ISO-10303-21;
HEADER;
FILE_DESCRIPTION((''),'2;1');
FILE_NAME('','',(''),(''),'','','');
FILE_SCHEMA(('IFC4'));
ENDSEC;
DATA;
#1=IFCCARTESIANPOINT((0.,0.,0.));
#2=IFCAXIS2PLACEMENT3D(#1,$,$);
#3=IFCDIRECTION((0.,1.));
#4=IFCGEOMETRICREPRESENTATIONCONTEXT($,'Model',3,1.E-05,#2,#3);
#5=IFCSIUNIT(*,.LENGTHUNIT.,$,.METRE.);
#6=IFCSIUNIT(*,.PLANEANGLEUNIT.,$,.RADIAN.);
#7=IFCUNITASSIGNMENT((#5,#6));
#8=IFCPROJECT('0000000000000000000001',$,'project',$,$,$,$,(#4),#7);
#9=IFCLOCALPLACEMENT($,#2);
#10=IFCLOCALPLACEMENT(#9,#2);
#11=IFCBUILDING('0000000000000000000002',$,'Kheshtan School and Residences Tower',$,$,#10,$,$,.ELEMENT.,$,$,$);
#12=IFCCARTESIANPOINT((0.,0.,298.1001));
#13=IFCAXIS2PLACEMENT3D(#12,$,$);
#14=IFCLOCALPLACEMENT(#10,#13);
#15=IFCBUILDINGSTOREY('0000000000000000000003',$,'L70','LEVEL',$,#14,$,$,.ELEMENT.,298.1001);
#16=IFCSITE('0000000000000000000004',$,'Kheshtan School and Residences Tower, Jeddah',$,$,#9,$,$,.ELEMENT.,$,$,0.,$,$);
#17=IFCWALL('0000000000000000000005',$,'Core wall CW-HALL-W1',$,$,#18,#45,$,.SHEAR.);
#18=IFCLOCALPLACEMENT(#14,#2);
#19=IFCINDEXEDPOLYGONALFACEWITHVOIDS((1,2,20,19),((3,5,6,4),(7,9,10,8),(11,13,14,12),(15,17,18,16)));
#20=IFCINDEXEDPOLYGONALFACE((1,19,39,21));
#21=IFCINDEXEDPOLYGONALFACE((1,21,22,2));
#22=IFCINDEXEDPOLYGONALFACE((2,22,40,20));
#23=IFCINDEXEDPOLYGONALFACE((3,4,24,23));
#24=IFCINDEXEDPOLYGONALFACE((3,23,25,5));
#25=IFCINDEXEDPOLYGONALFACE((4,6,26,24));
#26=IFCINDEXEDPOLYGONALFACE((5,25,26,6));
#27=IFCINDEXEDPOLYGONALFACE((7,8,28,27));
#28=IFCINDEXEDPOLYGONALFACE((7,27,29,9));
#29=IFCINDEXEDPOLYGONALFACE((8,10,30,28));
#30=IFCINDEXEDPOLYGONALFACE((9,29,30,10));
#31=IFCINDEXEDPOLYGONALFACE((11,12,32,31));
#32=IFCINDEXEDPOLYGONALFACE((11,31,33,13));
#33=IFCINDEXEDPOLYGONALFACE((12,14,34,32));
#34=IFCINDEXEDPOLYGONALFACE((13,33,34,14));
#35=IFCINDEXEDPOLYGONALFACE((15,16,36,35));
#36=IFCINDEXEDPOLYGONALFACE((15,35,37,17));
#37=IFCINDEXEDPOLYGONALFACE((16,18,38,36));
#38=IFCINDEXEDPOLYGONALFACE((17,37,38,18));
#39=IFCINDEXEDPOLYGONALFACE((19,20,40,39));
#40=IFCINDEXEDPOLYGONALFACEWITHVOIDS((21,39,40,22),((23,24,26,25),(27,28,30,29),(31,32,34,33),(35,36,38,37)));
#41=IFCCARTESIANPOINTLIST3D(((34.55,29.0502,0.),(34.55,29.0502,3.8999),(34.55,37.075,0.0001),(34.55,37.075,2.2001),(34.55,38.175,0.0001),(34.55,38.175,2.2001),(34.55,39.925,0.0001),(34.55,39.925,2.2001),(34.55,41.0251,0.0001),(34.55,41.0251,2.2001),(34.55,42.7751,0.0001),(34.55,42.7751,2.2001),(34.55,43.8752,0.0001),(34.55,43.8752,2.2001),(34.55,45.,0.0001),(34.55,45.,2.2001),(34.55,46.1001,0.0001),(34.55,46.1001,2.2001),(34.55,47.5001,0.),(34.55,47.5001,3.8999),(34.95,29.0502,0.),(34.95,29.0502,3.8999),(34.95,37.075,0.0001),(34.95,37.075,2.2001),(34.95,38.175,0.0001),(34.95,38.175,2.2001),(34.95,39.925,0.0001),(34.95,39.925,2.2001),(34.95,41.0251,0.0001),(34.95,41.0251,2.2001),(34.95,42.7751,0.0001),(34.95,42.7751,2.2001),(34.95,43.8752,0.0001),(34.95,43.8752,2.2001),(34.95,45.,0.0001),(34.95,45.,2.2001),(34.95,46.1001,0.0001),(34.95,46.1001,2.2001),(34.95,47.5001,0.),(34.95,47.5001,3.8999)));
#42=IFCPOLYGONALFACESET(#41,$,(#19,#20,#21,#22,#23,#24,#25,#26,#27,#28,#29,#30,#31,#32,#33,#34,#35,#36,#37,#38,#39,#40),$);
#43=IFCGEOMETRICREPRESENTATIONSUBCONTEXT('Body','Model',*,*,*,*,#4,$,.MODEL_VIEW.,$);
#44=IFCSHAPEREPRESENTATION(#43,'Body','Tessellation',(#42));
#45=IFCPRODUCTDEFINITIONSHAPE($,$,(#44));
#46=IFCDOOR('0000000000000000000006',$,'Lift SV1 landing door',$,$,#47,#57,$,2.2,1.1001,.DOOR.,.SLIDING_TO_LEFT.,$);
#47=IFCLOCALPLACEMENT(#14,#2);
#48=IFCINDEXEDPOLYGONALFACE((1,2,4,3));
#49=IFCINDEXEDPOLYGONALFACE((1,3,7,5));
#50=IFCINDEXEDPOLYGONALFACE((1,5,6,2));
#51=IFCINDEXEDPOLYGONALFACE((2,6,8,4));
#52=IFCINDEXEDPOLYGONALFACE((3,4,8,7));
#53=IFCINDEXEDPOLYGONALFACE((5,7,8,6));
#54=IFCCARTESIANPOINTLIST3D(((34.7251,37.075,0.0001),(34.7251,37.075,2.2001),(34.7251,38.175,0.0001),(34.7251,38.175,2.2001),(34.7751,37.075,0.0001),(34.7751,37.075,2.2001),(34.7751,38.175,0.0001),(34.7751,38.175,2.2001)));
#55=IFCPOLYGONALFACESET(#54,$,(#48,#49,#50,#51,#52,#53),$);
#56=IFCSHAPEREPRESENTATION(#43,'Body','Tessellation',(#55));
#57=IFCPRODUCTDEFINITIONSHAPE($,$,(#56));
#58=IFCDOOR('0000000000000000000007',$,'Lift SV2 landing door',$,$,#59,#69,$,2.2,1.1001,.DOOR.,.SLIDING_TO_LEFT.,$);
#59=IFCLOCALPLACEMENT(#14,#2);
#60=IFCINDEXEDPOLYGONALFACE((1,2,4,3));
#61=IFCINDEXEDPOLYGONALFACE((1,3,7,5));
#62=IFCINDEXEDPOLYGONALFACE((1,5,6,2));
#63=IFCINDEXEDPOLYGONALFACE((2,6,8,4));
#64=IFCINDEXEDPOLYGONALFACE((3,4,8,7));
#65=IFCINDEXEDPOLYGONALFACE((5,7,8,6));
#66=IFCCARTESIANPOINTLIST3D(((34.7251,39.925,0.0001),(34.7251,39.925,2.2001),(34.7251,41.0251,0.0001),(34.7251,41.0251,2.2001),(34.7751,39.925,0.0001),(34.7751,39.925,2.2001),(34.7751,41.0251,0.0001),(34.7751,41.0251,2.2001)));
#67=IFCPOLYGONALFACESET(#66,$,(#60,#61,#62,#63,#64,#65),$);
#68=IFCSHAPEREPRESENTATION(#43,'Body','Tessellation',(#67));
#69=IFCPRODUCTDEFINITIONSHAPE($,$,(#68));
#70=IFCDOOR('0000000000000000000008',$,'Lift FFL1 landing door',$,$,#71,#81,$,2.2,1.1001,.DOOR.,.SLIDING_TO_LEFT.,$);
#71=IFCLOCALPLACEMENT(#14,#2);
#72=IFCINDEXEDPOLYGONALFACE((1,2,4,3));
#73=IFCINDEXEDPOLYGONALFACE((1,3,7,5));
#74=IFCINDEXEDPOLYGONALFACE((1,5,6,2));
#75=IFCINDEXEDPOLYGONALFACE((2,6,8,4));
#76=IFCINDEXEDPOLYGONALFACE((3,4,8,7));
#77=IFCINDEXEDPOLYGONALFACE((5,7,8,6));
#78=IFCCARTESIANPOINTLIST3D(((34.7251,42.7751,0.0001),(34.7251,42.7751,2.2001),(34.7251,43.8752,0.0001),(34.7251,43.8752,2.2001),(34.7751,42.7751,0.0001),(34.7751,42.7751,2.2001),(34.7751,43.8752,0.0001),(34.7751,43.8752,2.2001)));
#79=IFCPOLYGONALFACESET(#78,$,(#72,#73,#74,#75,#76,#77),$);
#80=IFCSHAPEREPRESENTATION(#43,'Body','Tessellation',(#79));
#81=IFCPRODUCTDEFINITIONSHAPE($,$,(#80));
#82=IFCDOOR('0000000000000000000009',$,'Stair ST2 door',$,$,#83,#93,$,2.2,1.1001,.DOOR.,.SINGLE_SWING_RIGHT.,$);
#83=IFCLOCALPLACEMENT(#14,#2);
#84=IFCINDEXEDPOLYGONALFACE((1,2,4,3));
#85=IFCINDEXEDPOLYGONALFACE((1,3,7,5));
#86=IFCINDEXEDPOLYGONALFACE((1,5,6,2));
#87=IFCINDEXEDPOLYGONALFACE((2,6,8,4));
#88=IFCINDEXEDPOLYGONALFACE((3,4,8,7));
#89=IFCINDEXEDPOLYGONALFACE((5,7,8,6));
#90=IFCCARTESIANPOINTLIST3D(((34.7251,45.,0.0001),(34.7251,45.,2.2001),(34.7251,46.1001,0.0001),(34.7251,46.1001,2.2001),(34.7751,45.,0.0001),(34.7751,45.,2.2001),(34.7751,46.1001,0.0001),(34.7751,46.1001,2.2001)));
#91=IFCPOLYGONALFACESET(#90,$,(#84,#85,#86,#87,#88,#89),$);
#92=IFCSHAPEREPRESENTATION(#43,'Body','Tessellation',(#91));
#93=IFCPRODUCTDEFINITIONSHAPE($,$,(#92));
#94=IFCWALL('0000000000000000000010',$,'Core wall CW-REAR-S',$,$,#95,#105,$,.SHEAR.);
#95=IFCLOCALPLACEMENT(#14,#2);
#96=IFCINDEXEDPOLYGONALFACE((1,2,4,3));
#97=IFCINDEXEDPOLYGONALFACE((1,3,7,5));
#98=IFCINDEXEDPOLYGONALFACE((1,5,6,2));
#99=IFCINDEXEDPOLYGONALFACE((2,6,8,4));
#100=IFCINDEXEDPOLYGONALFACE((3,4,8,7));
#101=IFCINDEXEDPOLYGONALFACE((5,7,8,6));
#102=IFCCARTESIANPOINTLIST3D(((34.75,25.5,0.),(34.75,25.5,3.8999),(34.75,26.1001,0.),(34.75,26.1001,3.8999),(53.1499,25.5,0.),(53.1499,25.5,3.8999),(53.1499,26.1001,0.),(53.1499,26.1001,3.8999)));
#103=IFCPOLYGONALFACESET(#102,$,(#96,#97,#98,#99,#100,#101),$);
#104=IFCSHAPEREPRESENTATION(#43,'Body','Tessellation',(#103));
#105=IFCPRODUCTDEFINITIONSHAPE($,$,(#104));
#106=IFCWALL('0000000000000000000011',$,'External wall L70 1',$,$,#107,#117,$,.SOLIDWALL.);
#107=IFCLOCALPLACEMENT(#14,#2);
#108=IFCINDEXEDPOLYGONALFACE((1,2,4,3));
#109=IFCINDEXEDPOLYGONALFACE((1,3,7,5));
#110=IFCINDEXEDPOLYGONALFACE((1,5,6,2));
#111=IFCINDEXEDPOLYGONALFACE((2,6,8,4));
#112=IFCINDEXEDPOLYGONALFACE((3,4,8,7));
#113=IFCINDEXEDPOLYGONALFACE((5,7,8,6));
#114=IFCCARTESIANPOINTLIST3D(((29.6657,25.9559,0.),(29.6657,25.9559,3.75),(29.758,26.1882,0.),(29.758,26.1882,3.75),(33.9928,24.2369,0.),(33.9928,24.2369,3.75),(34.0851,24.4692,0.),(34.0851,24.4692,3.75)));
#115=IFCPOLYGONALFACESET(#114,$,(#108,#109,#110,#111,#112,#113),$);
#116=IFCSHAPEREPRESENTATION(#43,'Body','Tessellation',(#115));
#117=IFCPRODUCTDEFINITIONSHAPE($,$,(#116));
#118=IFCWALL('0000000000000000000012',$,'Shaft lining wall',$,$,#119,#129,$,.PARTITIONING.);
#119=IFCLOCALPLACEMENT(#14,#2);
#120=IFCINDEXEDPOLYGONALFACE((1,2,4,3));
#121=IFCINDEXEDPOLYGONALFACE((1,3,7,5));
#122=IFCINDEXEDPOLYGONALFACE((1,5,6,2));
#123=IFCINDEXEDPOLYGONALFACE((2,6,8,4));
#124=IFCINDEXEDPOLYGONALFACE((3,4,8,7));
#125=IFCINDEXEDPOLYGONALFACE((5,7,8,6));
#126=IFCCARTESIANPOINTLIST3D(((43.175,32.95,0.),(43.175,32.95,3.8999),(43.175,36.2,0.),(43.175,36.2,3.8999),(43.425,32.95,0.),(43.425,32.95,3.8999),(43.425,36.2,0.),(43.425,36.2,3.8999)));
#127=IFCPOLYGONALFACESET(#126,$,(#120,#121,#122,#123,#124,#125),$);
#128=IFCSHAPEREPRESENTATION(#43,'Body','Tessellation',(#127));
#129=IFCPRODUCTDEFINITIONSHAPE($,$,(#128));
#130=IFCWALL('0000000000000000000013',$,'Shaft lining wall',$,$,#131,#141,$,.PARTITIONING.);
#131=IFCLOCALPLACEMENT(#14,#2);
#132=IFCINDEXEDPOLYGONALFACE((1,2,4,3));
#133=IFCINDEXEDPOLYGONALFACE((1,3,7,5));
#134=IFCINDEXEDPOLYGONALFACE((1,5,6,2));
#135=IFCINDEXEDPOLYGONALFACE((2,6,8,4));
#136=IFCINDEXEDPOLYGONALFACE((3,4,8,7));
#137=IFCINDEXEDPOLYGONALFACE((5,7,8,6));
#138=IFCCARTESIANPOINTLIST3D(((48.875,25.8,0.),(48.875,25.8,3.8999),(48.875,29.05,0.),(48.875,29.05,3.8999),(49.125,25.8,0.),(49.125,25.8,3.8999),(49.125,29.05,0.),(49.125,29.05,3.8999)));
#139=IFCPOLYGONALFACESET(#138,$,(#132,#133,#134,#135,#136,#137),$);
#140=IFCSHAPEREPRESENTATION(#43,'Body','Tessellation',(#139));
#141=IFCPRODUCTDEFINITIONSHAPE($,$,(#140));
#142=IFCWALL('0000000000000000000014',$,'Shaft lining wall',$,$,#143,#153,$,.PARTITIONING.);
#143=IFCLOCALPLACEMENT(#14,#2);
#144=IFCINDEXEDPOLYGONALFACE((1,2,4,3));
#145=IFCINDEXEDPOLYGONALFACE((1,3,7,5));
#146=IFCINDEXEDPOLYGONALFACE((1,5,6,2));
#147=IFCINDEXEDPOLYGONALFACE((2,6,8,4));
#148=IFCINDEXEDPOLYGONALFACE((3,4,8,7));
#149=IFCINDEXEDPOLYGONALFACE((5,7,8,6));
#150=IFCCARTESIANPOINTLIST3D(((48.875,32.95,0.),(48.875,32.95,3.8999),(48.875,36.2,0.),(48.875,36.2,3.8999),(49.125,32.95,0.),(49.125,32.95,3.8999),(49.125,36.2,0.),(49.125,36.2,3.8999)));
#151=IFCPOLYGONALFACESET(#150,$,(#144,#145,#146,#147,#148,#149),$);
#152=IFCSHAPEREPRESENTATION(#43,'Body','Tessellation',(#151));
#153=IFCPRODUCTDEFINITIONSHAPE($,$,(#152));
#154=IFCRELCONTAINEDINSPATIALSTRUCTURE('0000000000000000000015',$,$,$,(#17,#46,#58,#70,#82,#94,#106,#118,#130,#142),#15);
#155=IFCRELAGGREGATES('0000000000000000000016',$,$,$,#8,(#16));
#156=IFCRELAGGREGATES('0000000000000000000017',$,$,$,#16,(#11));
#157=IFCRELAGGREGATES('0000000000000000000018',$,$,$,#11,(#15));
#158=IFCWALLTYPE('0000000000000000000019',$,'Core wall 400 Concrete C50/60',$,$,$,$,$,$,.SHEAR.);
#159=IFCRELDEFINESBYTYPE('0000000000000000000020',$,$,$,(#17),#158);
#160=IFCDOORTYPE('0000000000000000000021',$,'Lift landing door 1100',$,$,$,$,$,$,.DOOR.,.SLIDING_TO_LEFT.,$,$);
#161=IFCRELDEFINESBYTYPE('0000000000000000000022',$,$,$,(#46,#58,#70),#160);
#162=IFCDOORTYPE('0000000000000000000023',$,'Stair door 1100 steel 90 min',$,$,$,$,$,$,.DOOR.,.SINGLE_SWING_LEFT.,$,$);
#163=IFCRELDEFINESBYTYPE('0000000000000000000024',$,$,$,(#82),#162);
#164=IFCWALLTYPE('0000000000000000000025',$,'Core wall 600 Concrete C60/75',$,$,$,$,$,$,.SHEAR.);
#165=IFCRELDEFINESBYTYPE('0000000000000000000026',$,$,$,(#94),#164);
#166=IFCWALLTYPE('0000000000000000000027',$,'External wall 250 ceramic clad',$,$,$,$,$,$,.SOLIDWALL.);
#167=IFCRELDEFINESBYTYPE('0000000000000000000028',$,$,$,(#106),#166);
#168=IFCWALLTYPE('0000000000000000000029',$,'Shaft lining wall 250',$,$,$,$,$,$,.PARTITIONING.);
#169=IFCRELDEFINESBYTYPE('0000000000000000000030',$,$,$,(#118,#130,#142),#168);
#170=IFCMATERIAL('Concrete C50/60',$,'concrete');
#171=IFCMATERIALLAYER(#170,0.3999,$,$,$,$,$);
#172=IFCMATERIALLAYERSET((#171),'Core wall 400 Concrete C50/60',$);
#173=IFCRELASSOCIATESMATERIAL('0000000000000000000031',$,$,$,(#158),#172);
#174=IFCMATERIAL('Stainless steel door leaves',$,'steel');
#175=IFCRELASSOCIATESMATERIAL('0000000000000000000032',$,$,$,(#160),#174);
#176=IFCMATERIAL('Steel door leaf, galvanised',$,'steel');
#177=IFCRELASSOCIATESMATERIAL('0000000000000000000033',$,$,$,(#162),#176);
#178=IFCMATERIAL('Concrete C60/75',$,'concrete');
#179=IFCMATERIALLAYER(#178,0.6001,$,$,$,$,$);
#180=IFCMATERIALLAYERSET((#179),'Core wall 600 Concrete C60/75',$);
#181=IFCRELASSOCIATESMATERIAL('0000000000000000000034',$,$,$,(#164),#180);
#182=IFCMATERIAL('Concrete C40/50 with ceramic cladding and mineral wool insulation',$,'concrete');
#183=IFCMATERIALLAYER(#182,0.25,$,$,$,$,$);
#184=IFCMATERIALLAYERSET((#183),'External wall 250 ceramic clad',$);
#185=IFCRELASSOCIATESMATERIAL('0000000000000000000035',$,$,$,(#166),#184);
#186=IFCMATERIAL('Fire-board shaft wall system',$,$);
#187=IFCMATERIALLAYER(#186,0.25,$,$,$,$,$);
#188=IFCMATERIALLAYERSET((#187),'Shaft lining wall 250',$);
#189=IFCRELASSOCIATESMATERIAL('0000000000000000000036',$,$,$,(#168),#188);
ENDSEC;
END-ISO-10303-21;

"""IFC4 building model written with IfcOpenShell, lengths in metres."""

from ifc_helpers import new_model, si_unit, direction, frame, frame_2d, origin, place, context, subcontext, project, spatial, rectangle, extrude, source, transform, mapped, material, layer, layer_set, type_object, element, fill, save


model = new_model("IFC4")

# Units and contexts
model_context = context("Model", 3, precision=1e-05, world=origin(), true_north=direction((0.0, 1.0)))
body_context = subcontext(model_context, "Body", "Model", "MODEL_VIEW")
ifc_project = project(units=[si_unit("LENGTHUNIT", "METRE"), si_unit("PLANEANGLEUNIT", "RADIAN")], contexts=[model_context])

# Site, building, storey
site_placement = place(None, origin())
site = spatial("IfcSite", under=ifc_project, at=site_placement, Name="Kheshtan School and Residences Tower, Jeddah", CompositionType="ELEMENT", RefElevation=0.0)
building_placement = place(site_placement, origin())
building = spatial("IfcBuilding", under=site, at=building_placement, Name="Kheshtan School and Residences Tower", CompositionType="ELEMENT")
storey_placement = place(building_placement, frame((0.0, 0.0, 298.1001)))
storey = spatial("IfcBuildingStorey", under=building, at=storey_placement, Name="L70", Description="LEVEL", CompositionType="ELEMENT", Elevation=298.1001)

# Wall, openings, doors
ifc_material_1 = material(Name="Concrete C50/60", Category="concrete")
ifc_layer_1 = layer(ifc_material_1, 0.3999)
ifc_layer_set_1 = layer_set([ifc_layer_1], Name="Core wall 400 Concrete C50/60")
wall_type_1 = type_object("IfcWallType", Name="Core wall 400 Concrete C50/60", PredefinedType="SHEAR", material=ifc_layer_set_1)
ifc_material_2 = material(Name="Stainless steel door leaves", Category="steel")
door_type_1 = type_object("IfcDoorType", Name="Lift landing door 1100", OperationType="SLIDING_TO_LEFT", PredefinedType="DOOR", material=ifc_material_2)
shared_shape_1 = source(origin(), body_context, "Body", "SweptSolid", [
    extrude(rectangle(XDim=1.1001, YDim=2.2, at=frame_2d((0.55, 1.1001))), frame((0.0, 0.0249, 0.0), z_axis=(0.0, -1.0, 0.0), x_axis=(1.0, 0.0, 0.0)), (0.0, 0.0, 1.0), 0.05),
])
ifc_material_3 = material(Name="Steel door leaf, galvanised", Category="steel")
wall_1_placement = place(storey_placement, frame((34.75, 29.05, 0.0), z_axis=(0.0, 0.0, 1.0), x_axis=(0.0, 1.0, 0.0)))
wall_1 = element("IfcWall", 1, at=wall_1_placement, inside=storey, type_object=wall_type_1, Name="Core wall CW-HALL-W1", PredefinedType="SHEAR", context=body_context, shape_type="SweptSolid", body=[
    extrude(rectangle(XDim=18.45, YDim=0.3999, at=frame_2d((9.2251, 0.0))), origin(), (0.0, 0.0, 1.0), 3.8999),
])
opening_1_placement = place(wall_1_placement, frame((8.0249, 0.0, 0.0)))
opening_1 = element("IfcOpeningElement", 2, at=opening_1_placement, cuts=wall_1, PredefinedType="OPENING", context=body_context, shape_type="SweptSolid", body=[
    extrude(rectangle(XDim=1.1001, YDim=2.2, at=frame_2d((0.55, 1.1001))), frame((0.0, 0.21, 0.0), z_axis=(0.0, -1.0, 0.0), x_axis=(1.0, 0.0, 0.0)), (0.0, 0.0, 1.0), 0.4199),
])
opening_2_placement = place(wall_1_placement, frame((10.875, 0.0, 0.0)))
opening_2 = element("IfcOpeningElement", 3, at=opening_2_placement, cuts=wall_1, PredefinedType="OPENING", context=body_context, shape_type="SweptSolid", body=[
    extrude(rectangle(XDim=1.1001, YDim=2.2, at=frame_2d((0.55, 1.1001))), frame((0.0, 0.21, 0.0), z_axis=(0.0, -1.0, 0.0), x_axis=(1.0, 0.0, 0.0)), (0.0, 0.0, 1.0), 0.4199),
])
opening_3_placement = place(wall_1_placement, frame((13.7251, 0.0, 0.0)))
opening_3 = element("IfcOpeningElement", 4, at=opening_3_placement, cuts=wall_1, PredefinedType="OPENING", context=body_context, shape_type="SweptSolid", body=[
    extrude(rectangle(XDim=1.1001, YDim=2.2, at=frame_2d((0.55, 1.1001))), frame((0.0, 0.21, 0.0), z_axis=(0.0, -1.0, 0.0), x_axis=(1.0, 0.0, 0.0)), (0.0, 0.0, 1.0), 0.4199),
])
opening_4_placement = place(wall_1_placement, frame((15.95, 0.0, 0.0)))
opening_4 = element("IfcOpeningElement", 5, at=opening_4_placement, cuts=wall_1, PredefinedType="OPENING", context=body_context, shape_type="SweptSolid", body=[
    extrude(rectangle(XDim=1.1001, YDim=2.2, at=frame_2d((0.55, 1.1001))), frame((0.0, 0.21, 0.0), z_axis=(0.0, -1.0, 0.0), x_axis=(1.0, 0.0, 0.0)), (0.0, 0.0, 1.0), 0.4199),
])
door_1_placement = place(opening_1_placement, origin())
door_1 = element("IfcDoor", 6, at=door_1_placement, inside=storey, type_object=door_type_1, Name="Lift SV1 landing door", OperationType="SLIDING_TO_LEFT", OverallHeight=2.2, OverallWidth=1.1001, PredefinedType="DOOR", context=body_context, shape_type="MappedRepresentation", body=[
    mapped(shared_shape_1, transform((0.0, 0.0, 0.0), x_axis=(1.0, 0.0, 0.0), y_axis=(0.0, 1.0, 0.0), z_axis=(0.0, 0.0, 1.0), scale=1.0)),
])
fill(opening_1, door_1)
door_2_placement = place(opening_2_placement, origin())
door_2 = element("IfcDoor", 7, at=door_2_placement, inside=storey, type_object=door_type_1, Name="Lift SV2 landing door", OperationType="SLIDING_TO_LEFT", OverallHeight=2.2, OverallWidth=1.1001, PredefinedType="DOOR", context=body_context, shape_type="MappedRepresentation", body=[
    mapped(shared_shape_1, transform((0.0, 0.0, 0.0), x_axis=(1.0, 0.0, 0.0), y_axis=(0.0, 1.0, 0.0), z_axis=(0.0, 0.0, 1.0), scale=1.0)),
])
fill(opening_2, door_2)
door_3_placement = place(opening_3_placement, origin())
door_3 = element("IfcDoor", 8, at=door_3_placement, inside=storey, type_object=door_type_1, Name="Lift FFL1 landing door", OperationType="SLIDING_TO_LEFT", OverallHeight=2.2, OverallWidth=1.1001, PredefinedType="DOOR", context=body_context, shape_type="MappedRepresentation", body=[
    mapped(shared_shape_1, transform((0.0, 0.0, 0.0), x_axis=(1.0, 0.0, 0.0), y_axis=(0.0, 1.0, 0.0), z_axis=(0.0, 0.0, 1.0), scale=1.0)),
])
fill(opening_3, door_3)
door_type_2 = type_object("IfcDoorType", Name="Stair door 1100 steel 90 min", OperationType="SINGLE_SWING_LEFT", PredefinedType="DOOR", material=ifc_material_3)
shared_shape_2 = source(origin(), body_context, "Body", "SweptSolid", [
    extrude(rectangle(XDim=1.1001, YDim=2.2, at=frame_2d((0.55, 1.1001))), frame((0.0, 0.0249, 0.0), z_axis=(0.0, -1.0, 0.0), x_axis=(1.0, 0.0, 0.0)), (0.0, 0.0, 1.0), 0.05),
])
door_4_placement = place(opening_4_placement, origin())
door_4 = element("IfcDoor", 9, at=door_4_placement, inside=storey, type_object=door_type_2, Name="Stair ST2 door", OperationType="SINGLE_SWING_RIGHT", OverallHeight=2.2, OverallWidth=1.1001, PredefinedType="DOOR", context=body_context, shape_type="MappedRepresentation", body=[
    mapped(shared_shape_2, transform((0.0, 0.0, 0.0), x_axis=(1.0, 0.0, 0.0), y_axis=(0.0, 1.0, 0.0), z_axis=(0.0, 0.0, 1.0), scale=1.0)),
])
fill(opening_4, door_4)

# Walls
ifc_material_4 = material(Name="Concrete C60/75", Category="concrete")
ifc_layer_2 = layer(ifc_material_4, 0.6001)
ifc_layer_set_2 = layer_set([ifc_layer_2], Name="Core wall 600 Concrete C60/75")
wall_type_2 = type_object("IfcWallType", Name="Core wall 600 Concrete C60/75", PredefinedType="SHEAR", material=ifc_layer_set_2)
wall_2_placement = place(storey_placement, frame((34.75, 25.8, 0.0), z_axis=(0.0, 0.0, 1.0), x_axis=(1.0, 0.0, 0.0)))
element("IfcWall", 10, at=wall_2_placement, inside=storey, type_object=wall_type_2, Name="Core wall CW-REAR-S", PredefinedType="SHEAR", context=body_context, shape_type="SweptSolid", body=[
    extrude(rectangle(XDim=18.3999, YDim=0.6001, at=frame_2d((9.2, 0.0))), origin(), (0.0, 0.0, 1.0), 3.8999),
])
ifc_material_5 = material(Name="Concrete C40/50 with ceramic cladding and mineral wool insulation", Category="concrete")
ifc_layer_3 = layer(ifc_material_5, 0.25)
ifc_layer_set_3 = layer_set([ifc_layer_3], Name="External wall 250 ceramic clad")
wall_type_3 = type_object("IfcWallType", Name="External wall 250 ceramic clad", PredefinedType="SOLIDWALL", material=ifc_layer_set_3)
wall_3_placement = place(storey_placement, frame((34.0391, 24.353, 0.0), z_axis=(0.0, 0.0, 1.0), x_axis=(-0.929353, 0.369193, 0.0)))
element("IfcWall", 11, at=wall_3_placement, inside=storey, type_object=wall_type_3, Name="External wall L70 1", PredefinedType="SOLIDWALL", context=body_context, shape_type="SweptSolid", body=[
    extrude(rectangle(XDim=4.656, YDim=0.25, at=frame_2d((2.3281, 0.0))), origin(), (0.0, 0.0, 1.0), 3.75),
])
ifc_material_6 = material(Name="Fire-board shaft wall system")
ifc_layer_4 = layer(ifc_material_6, 0.25)
ifc_layer_set_4 = layer_set([ifc_layer_4], Name="Shaft lining wall 250")
wall_type_4 = type_object("IfcWallType", Name="Shaft lining wall 250", PredefinedType="PARTITIONING", material=ifc_layer_set_4)
for number, where, z_axis, x_axis, name in (
    (12, (43.3, 32.95, 0.0), (0.0, 0.0, 1.0), (0.0, 1.0, 0.0), "Shaft lining wall"),
    (13, (49.0, 25.8, 0.0), (0.0, 0.0, 1.0), (0.0, 1.0, 0.0), "Shaft lining wall"),
    (14, (49.0, 32.95, 0.0), (0.0, 0.0, 1.0), (0.0, 1.0, 0.0), "Shaft lining wall"),
):
    element("IfcWall", number, at=place(storey_placement, frame(where, z_axis=z_axis, x_axis=x_axis)), inside=storey, type_object=wall_type_4, Name=name, PredefinedType="PARTITIONING", context=body_context, shape_type="SweptSolid", body=[
        extrude(rectangle(XDim=3.25, YDim=0.25, at=frame_2d((1.625, 0.0))), origin(), (0.0, 0.0, 1.0), 3.8999),
    ])

save(model, "model.ifc")
